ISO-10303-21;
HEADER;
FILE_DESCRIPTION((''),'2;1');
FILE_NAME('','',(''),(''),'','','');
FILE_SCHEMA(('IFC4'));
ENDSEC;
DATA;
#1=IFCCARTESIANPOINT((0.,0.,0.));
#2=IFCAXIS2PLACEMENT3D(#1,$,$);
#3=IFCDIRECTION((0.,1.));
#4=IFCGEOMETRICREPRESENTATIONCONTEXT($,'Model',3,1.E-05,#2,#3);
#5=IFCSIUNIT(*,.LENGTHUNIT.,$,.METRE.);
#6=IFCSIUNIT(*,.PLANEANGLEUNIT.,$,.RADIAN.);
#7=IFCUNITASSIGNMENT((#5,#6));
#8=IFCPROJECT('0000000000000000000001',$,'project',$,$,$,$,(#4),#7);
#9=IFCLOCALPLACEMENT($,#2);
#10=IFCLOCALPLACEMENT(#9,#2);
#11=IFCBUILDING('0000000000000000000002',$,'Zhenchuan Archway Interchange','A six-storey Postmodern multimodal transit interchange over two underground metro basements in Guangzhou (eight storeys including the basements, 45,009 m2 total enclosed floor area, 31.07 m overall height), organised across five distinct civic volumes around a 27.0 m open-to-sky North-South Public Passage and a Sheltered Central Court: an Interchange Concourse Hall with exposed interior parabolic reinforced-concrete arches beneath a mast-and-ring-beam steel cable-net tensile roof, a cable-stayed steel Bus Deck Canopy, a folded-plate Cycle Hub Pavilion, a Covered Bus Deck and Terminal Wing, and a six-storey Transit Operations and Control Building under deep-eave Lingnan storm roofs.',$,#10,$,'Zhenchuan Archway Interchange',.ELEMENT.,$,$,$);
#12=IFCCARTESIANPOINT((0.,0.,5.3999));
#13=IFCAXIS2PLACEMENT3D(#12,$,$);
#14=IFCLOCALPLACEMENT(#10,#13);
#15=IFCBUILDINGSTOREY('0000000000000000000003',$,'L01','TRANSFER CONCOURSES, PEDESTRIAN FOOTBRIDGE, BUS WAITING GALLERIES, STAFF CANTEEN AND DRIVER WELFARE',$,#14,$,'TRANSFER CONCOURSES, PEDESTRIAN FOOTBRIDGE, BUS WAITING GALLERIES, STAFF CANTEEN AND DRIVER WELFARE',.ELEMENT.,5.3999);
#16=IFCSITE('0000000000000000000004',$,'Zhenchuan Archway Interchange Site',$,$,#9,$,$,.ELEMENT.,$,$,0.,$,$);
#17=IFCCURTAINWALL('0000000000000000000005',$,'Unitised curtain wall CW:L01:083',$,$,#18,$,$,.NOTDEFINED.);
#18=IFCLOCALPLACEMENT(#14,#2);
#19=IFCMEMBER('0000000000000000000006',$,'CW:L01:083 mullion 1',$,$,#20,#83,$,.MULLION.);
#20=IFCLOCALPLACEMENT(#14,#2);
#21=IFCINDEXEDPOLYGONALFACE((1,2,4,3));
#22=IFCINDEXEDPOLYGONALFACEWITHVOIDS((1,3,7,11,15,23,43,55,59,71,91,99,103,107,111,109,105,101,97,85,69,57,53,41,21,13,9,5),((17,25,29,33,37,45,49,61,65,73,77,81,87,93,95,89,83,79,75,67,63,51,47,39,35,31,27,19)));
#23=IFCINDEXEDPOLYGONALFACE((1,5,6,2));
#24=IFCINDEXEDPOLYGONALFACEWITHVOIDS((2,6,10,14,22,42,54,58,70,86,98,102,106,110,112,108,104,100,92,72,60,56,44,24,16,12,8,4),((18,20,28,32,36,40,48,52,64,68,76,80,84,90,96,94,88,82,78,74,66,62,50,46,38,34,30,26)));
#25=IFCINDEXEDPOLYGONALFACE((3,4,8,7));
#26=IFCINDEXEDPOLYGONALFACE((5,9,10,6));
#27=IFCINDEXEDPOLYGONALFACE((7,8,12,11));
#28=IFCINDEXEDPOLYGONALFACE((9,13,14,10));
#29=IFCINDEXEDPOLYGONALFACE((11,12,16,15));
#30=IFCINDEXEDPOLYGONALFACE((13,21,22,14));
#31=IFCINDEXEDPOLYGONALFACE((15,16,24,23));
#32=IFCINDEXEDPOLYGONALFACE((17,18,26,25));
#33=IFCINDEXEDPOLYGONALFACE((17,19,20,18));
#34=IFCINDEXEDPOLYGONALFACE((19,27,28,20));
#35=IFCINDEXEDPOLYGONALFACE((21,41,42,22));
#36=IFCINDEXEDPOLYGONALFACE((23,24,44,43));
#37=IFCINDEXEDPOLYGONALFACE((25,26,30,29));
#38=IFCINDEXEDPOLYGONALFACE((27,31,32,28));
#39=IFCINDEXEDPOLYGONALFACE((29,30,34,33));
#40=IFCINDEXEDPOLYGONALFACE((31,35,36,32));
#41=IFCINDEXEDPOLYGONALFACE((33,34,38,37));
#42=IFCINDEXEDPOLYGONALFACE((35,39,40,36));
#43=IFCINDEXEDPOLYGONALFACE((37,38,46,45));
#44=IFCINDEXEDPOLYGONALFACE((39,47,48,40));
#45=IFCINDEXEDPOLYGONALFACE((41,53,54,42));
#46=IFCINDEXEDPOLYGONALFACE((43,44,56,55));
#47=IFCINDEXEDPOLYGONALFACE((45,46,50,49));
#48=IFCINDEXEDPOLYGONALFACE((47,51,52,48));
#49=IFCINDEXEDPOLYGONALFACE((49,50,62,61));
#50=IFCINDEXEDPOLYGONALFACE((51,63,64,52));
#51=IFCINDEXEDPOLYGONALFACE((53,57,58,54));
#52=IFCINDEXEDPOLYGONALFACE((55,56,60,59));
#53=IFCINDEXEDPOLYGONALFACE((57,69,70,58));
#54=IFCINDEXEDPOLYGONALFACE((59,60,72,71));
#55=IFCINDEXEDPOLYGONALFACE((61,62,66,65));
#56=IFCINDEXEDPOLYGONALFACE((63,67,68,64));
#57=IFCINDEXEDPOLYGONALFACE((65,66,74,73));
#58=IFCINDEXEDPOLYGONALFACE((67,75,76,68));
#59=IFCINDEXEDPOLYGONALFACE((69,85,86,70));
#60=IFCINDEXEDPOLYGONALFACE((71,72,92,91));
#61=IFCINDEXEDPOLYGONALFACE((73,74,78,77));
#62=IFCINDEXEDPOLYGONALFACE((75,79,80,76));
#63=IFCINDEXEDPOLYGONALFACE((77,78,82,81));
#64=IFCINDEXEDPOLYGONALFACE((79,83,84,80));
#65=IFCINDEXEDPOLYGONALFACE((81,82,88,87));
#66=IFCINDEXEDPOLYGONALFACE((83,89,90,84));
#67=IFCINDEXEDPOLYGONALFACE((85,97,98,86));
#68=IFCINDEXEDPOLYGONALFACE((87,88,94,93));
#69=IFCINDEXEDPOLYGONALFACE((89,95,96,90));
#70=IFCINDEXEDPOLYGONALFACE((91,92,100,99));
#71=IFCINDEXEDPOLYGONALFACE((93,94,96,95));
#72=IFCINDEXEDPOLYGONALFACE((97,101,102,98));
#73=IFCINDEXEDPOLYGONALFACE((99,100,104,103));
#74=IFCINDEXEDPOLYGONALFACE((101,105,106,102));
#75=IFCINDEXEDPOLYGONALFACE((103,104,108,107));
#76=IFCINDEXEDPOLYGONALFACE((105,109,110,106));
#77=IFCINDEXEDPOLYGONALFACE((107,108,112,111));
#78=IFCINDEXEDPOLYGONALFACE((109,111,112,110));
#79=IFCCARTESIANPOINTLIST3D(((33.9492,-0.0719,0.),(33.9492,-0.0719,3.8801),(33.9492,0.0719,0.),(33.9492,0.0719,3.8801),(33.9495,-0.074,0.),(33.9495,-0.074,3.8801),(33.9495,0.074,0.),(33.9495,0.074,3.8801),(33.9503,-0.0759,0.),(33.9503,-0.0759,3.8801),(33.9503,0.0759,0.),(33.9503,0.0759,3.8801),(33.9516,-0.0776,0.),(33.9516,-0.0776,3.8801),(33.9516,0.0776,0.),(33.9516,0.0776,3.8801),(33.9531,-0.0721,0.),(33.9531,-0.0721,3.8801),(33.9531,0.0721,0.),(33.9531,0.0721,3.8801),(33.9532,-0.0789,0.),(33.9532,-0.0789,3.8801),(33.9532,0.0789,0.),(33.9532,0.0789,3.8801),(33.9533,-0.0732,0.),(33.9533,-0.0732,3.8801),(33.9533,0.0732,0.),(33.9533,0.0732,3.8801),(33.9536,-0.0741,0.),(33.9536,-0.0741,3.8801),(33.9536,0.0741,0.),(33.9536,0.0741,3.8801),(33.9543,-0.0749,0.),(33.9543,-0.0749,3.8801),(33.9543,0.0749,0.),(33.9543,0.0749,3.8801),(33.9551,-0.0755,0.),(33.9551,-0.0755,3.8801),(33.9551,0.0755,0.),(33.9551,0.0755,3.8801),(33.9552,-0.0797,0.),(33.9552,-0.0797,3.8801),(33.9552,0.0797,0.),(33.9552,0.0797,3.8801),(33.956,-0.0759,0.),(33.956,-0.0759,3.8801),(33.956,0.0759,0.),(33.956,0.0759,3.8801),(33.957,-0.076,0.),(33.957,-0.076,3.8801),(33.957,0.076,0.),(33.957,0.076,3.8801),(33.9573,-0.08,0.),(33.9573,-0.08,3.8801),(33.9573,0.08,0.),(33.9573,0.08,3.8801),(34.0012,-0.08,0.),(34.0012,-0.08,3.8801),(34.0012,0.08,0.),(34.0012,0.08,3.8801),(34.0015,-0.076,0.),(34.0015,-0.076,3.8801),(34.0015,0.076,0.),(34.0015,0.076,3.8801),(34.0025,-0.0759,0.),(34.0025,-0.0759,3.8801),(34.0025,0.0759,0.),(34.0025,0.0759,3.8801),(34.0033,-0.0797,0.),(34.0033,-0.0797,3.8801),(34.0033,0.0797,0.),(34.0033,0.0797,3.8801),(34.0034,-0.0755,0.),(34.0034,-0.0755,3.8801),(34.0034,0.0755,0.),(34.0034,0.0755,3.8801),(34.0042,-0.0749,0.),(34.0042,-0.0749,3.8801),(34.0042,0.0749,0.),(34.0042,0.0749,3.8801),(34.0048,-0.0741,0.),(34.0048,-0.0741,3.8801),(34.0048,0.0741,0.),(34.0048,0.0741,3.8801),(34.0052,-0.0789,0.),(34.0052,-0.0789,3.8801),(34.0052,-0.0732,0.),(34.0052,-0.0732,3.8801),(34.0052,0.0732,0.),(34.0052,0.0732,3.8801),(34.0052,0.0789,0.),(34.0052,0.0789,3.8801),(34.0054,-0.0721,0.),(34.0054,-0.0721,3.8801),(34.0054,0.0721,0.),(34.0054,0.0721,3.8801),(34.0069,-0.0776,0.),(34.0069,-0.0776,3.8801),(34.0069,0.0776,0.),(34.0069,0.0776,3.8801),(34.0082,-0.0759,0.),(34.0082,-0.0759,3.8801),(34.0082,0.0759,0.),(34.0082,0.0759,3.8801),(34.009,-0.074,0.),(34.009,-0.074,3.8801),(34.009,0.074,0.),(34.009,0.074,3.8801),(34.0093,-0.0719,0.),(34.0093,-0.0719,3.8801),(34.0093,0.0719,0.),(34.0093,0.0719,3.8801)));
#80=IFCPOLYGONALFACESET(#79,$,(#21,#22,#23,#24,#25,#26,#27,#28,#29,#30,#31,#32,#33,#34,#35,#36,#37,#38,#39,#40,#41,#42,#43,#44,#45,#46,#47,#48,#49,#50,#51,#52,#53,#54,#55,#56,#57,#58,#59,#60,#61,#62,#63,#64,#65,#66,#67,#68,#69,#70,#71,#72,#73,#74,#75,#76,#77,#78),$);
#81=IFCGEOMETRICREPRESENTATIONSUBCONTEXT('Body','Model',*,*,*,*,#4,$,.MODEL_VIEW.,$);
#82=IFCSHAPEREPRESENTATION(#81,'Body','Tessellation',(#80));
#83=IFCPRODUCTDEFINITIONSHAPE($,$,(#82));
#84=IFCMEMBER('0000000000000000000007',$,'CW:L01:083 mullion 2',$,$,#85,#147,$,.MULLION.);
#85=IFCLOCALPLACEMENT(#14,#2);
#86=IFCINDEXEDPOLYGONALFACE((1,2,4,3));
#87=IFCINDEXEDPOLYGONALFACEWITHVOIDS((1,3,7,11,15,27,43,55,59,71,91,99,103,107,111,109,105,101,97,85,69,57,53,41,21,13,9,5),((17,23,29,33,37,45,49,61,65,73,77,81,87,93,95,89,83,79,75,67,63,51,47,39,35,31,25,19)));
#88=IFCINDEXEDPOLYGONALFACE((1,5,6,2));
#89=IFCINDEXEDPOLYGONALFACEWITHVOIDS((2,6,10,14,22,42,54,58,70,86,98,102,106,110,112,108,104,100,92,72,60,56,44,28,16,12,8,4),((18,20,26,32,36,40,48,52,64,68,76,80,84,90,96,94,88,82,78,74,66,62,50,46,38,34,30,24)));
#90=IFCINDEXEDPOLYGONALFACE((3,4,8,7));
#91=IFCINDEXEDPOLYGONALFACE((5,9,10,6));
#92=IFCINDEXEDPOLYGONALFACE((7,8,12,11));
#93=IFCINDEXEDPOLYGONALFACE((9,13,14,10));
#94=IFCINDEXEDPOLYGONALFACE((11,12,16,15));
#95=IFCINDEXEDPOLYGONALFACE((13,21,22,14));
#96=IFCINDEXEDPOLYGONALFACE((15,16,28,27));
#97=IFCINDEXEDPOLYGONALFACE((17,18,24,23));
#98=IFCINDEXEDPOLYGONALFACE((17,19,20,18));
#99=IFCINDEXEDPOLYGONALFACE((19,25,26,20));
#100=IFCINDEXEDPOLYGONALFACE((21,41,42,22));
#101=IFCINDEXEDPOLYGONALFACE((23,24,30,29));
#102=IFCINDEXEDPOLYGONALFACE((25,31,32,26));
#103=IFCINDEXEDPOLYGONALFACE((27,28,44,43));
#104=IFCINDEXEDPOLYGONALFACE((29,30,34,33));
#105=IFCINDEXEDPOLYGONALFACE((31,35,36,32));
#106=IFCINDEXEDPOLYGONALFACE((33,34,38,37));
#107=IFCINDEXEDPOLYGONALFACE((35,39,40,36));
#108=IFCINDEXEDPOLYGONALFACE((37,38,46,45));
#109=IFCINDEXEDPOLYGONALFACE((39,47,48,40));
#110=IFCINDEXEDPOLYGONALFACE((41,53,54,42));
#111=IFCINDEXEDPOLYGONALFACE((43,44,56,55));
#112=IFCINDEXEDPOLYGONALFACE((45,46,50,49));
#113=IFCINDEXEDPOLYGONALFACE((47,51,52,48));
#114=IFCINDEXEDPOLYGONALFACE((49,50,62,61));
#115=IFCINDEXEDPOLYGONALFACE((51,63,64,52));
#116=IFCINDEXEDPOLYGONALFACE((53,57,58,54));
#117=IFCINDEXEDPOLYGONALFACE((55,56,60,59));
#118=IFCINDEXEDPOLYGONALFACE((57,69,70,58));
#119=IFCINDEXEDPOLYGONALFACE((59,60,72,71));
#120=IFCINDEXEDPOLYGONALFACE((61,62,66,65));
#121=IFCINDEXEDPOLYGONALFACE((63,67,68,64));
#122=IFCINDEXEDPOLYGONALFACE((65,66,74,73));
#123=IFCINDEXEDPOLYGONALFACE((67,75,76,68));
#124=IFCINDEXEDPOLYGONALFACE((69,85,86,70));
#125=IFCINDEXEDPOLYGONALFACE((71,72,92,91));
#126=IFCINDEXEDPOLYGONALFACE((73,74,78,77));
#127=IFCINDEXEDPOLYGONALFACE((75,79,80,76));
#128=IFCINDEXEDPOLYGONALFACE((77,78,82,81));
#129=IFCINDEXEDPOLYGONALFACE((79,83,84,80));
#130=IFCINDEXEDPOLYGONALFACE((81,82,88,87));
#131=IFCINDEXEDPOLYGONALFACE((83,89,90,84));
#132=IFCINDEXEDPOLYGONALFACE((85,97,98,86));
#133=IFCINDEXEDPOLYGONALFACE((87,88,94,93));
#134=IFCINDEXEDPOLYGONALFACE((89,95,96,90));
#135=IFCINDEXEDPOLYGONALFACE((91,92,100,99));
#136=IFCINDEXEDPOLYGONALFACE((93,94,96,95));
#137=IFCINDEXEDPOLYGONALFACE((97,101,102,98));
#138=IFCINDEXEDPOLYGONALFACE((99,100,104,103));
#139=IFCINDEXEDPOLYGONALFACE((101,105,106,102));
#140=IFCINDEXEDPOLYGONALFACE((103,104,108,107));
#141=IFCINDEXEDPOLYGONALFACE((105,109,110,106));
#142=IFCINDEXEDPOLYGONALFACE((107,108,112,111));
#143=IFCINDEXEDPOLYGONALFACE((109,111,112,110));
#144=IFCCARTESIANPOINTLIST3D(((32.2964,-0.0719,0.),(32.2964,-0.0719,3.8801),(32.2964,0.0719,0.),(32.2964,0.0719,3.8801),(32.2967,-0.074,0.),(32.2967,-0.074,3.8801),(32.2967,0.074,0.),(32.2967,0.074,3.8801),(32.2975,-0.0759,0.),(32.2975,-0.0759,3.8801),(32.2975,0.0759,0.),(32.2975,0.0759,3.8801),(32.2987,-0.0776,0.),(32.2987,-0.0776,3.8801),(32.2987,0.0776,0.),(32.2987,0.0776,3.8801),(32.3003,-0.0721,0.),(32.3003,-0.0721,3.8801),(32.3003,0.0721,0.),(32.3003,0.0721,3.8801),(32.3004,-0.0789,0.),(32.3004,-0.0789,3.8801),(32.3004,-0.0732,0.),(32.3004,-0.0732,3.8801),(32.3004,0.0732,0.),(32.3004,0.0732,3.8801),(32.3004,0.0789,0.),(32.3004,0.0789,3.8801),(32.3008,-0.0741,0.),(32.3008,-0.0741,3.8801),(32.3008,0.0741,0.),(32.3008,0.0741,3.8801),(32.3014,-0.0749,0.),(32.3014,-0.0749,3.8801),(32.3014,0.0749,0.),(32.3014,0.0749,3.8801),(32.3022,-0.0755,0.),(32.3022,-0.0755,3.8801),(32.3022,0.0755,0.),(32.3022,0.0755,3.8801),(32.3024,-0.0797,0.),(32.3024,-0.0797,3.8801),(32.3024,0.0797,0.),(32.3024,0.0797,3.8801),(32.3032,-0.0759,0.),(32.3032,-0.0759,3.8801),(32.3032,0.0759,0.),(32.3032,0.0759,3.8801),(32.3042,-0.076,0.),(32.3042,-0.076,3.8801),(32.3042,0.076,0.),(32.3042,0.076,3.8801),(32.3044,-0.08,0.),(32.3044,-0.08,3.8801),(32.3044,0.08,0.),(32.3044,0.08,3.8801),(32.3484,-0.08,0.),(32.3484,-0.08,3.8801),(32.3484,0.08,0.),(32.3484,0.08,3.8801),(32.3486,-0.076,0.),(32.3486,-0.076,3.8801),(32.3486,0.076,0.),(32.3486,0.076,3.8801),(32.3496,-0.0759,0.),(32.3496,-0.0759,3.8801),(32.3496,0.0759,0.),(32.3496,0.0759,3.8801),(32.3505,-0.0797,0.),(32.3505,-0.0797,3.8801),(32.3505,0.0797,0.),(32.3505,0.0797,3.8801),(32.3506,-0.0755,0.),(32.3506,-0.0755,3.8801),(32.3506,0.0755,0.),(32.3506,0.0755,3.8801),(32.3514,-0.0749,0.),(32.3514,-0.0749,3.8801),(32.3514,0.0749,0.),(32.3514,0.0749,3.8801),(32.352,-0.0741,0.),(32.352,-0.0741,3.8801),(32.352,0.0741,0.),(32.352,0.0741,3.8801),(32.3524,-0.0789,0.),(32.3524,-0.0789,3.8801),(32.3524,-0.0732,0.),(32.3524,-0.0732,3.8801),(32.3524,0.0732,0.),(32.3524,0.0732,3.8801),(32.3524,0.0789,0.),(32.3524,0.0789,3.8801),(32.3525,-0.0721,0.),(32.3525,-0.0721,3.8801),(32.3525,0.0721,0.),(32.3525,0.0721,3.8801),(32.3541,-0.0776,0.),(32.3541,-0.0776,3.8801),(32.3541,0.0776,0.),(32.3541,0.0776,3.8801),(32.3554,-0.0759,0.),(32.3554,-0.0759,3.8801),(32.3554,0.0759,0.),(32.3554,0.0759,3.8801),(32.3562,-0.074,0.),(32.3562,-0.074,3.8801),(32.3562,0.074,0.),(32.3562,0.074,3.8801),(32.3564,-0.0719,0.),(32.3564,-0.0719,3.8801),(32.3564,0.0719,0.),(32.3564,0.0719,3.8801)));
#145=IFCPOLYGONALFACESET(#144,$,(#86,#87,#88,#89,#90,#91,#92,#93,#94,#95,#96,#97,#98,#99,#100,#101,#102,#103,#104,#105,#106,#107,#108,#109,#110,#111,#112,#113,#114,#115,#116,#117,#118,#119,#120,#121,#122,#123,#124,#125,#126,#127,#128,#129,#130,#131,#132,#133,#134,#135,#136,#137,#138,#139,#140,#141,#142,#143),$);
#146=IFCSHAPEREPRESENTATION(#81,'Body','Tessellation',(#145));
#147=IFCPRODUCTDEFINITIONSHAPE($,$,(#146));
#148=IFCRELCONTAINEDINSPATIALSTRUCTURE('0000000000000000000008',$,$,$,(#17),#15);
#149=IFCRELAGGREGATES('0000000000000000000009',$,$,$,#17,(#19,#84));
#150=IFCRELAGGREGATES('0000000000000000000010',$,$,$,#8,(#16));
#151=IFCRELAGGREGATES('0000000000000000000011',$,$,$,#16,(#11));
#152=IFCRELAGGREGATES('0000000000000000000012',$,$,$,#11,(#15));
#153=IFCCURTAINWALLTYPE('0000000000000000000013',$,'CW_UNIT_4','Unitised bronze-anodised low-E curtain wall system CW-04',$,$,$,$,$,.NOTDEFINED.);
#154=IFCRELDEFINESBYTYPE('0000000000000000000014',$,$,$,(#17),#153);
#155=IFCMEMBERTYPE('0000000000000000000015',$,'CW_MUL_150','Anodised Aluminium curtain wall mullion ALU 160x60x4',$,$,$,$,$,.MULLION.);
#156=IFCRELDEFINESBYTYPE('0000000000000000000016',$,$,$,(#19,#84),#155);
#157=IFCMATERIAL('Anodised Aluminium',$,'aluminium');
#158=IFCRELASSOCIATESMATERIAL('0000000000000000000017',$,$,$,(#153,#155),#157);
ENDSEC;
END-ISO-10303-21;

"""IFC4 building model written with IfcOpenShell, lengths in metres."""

from ifc_helpers import new_model, si_unit, direction, frame, origin, origin_2d, place, context, subcontext, project, spatial, hollow_rectangle, extrude, material, material_profile, profile_set, type_object, element, aggregate, save


model = new_model("IFC4")

# Units and contexts
model_context = context("Model", 3, precision=1e-05, world=origin(), true_north=direction((0.0, 1.0)))
body_context = subcontext(model_context, "Body", "Model", "MODEL_VIEW")
ifc_project = project(units=[si_unit("LENGTHUNIT", "METRE"), si_unit("PLANEANGLEUNIT", "RADIAN")], contexts=[model_context])

# Site, building, storey
site_placement = place(None, origin())
site = spatial("IfcSite", under=ifc_project, at=site_placement, Name="Zhenchuan Archway Interchange Site", CompositionType="ELEMENT", RefElevation=0.0)
building_placement = place(site_placement, origin())
building = spatial("IfcBuilding", under=site, at=building_placement, Name="Zhenchuan Archway Interchange", Description="A six-storey Postmodern multimodal transit interchange over two underground metro basements in Guangzhou (eight storeys including the basements, 45,009 m2 total enclosed floor area, 31.07 m overall height), organised across five distinct civic volumes around a 27.0 m open-to-sky North-South Public Passage and a Sheltered Central Court: an Interchange Concourse Hall with exposed interior parabolic reinforced-concrete arches beneath a mast-and-ring-beam steel cable-net tensile roof, a cable-stayed steel Bus Deck Canopy, a folded-plate Cycle Hub Pavilion, a Covered Bus Deck and Terminal Wing, and a six-storey Transit Operations and Control Building under deep-eave Lingnan storm roofs.", LongName="Zhenchuan Archway Interchange", CompositionType="ELEMENT")
storey_placement = place(building_placement, frame((0.0, 0.0, 5.3999)))
storey = spatial("IfcBuildingStorey", under=building, at=storey_placement, Name="L01", Description="TRANSFER CONCOURSES, PEDESTRIAN FOOTBRIDGE, BUS WAITING GALLERIES, STAFF CANTEEN AND DRIVER WELFARE", LongName="TRANSFER CONCOURSES, PEDESTRIAN FOOTBRIDGE, BUS WAITING GALLERIES, STAFF CANTEEN AND DRIVER WELFARE", CompositionType="ELEMENT", Elevation=5.3999)

# Curtain wall, members
ifc_material_1 = material(Name="Anodised Aluminium", Category="aluminium")
curtain_wall_type = type_object("IfcCurtainWallType", Name="CW_UNIT_4", Description="Unitised bronze-anodised low-E curtain wall system CW-04", PredefinedType="NOTDEFINED", material=ifc_material_1)
curtain_wall_placement = place(storey_placement, origin())
curtain_wall = element("IfcCurtainWall", 1, at=curtain_wall_placement, inside=storey, type_object=curtain_wall_type, Name="Unitised curtain wall CW:L01:083", PredefinedType="NOTDEFINED")
ifc_material_profile_1 = material_profile(ifc_material_1, hollow_rectangle(XDim=0.0601, YDim=0.1599, WallThickness=0.0039, InnerFilletRadius=0.0039, OuterFilletRadius=0.0081, at=origin_2d()), Name="ALU 160x60x4")
ifc_profile_set_1 = profile_set([ifc_material_profile_1], Name="Anodised Aluminium")
member_type_1 = type_object("IfcMemberType", Name="CW_MUL_150", Description="Anodised Aluminium curtain wall mullion ALU 160x60x4", PredefinedType="MULLION", material=ifc_profile_set_1)
member_1_placement = place(storey_placement, frame((33.9792, 0.0, 0.0), z_axis=(0.0, 0.0, 1.0), x_axis=(1.0, 0.0, 0.0)))
member_1 = element("IfcMember", 2, at=member_1_placement, type_object=member_type_1, Name="CW:L01:083 mullion 1", PredefinedType="MULLION", context=body_context, shape_type="SweptSolid", body=[
    extrude(hollow_rectangle(XDim=0.0601, YDim=0.1599, WallThickness=0.0039, InnerFilletRadius=0.0039, OuterFilletRadius=0.0081, at=origin_2d()), origin(), (0.0, 0.0, 1.0), 3.8801),
])
member_2_placement = place(storey_placement, frame((32.3264, 0.0, 0.0), z_axis=(0.0, 0.0, 1.0), x_axis=(1.0, 0.0, 0.0)))
member_2 = element("IfcMember", 3, at=member_2_placement, type_object=member_type_1, Name="CW:L01:083 mullion 2", PredefinedType="MULLION", context=body_context, shape_type="SweptSolid", body=[
    extrude(hollow_rectangle(XDim=0.0601, YDim=0.1599, WallThickness=0.0039, InnerFilletRadius=0.0039, OuterFilletRadius=0.0081, at=origin_2d()), origin(), (0.0, 0.0, 1.0), 3.8801),
])

aggregate(curtain_wall, [member_1, member_2])

save(model, "model.ifc")
